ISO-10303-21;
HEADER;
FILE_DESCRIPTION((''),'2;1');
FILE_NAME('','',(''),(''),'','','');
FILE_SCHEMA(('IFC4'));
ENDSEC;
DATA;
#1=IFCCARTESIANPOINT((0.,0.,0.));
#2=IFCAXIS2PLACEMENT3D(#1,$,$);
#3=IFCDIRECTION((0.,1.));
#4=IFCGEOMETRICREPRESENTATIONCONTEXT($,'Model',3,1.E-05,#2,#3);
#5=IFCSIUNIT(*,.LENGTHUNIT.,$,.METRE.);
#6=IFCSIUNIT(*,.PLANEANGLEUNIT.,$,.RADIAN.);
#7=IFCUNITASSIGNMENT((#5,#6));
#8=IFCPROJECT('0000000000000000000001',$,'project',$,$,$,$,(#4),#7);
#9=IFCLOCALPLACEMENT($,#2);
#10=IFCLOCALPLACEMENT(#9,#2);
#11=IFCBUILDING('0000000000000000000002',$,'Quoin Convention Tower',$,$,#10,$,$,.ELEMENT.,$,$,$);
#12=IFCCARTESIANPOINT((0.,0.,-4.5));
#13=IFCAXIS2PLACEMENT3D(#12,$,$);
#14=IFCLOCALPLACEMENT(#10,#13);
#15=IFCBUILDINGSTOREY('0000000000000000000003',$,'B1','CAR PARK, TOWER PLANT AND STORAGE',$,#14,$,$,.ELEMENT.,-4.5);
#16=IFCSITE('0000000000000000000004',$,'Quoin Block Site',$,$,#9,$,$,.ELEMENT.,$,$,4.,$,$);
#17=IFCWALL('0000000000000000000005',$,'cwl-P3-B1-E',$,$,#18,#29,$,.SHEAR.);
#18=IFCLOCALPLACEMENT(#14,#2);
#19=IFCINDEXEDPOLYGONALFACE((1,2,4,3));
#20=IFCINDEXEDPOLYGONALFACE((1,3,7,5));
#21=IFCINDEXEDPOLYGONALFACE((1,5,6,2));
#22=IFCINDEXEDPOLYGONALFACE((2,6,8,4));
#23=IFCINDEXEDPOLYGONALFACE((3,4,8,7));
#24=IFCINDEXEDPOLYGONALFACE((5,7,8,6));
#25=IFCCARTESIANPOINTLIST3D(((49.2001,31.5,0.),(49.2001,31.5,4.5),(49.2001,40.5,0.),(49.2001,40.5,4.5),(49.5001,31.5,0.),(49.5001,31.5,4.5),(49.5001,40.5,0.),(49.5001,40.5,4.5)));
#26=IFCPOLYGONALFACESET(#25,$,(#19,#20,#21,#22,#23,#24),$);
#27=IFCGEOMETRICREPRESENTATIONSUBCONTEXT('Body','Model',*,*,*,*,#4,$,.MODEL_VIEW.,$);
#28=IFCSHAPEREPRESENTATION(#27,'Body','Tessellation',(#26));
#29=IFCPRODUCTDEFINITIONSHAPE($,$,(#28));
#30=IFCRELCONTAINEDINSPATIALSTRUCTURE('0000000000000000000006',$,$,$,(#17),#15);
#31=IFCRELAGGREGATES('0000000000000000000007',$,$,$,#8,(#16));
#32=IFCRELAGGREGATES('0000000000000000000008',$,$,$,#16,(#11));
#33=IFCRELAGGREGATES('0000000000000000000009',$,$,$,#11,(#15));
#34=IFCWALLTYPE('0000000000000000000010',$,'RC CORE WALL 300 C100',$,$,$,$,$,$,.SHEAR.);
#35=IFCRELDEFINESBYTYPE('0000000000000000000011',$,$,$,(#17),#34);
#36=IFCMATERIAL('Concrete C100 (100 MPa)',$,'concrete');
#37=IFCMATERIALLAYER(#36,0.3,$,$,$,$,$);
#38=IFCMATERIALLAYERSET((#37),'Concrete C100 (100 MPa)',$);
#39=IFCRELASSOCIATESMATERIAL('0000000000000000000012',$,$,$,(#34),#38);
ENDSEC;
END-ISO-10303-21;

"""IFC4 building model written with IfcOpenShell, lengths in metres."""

from ifc_helpers import new_model, si_unit, direction, frame, frame_2d, origin, place, context, subcontext, project, spatial, rectangle, extrude, material, layer, layer_set, type_object, element, save


model = new_model("IFC4")

# Units and contexts
model_context = context("Model", 3, precision=1e-05, world=origin(), true_north=direction((0.0, 1.0)))
body_context = subcontext(model_context, "Body", "Model", "MODEL_VIEW")
ifc_project = project(units=[si_unit("LENGTHUNIT", "METRE"), si_unit("PLANEANGLEUNIT", "RADIAN")], contexts=[model_context])

# Site, building, storey
site_placement = place(None, origin())
site = spatial("IfcSite", under=ifc_project, at=site_placement, Name="Quoin Block Site", CompositionType="ELEMENT", RefElevation=4.0)
building_placement = place(site_placement, origin())
building = spatial("IfcBuilding", under=site, at=building_placement, Name="Quoin Convention Tower", CompositionType="ELEMENT")
storey_placement = place(building_placement, frame((0.0, 0.0, -4.5)))
storey = spatial("IfcBuildingStorey", under=building, at=storey_placement, Name="B1", Description="CAR PARK, TOWER PLANT AND STORAGE", CompositionType="ELEMENT", Elevation=-4.5)

# Shared definitions
ifc_material_1 = material(Name="Concrete C100 (100 MPa)", Category="concrete")

# Shared definitions
ifc_layer_1 = layer(ifc_material_1, 0.3)
ifc_layer_set_1 = layer_set([ifc_layer_1], Name="Concrete C100 (100 MPa)")
wall_type_1 = type_object("IfcWallType", Name="RC CORE WALL 300 C100", PredefinedType="SHEAR", material=ifc_layer_set_1)

# Wall
wall_1_placement = place(storey_placement, frame((49.3501, 31.5, 0.0), z_axis=(0.0, 0.0, 1.0), x_axis=(0.0, 1.0, 0.0)))
element("IfcWall", 1, at=wall_1_placement, inside=storey, type_object=wall_type_1, Name="cwl-P3-B1-E", PredefinedType="SHEAR", context=body_context, shape_type="SweptSolid", body=[
    extrude(rectangle(XDim=9.0, YDim=0.3, at=frame_2d((4.5, 0.0))), origin(), (0.0, 0.0, 1.0), 4.5),
])

save(model, "model.ifc")
